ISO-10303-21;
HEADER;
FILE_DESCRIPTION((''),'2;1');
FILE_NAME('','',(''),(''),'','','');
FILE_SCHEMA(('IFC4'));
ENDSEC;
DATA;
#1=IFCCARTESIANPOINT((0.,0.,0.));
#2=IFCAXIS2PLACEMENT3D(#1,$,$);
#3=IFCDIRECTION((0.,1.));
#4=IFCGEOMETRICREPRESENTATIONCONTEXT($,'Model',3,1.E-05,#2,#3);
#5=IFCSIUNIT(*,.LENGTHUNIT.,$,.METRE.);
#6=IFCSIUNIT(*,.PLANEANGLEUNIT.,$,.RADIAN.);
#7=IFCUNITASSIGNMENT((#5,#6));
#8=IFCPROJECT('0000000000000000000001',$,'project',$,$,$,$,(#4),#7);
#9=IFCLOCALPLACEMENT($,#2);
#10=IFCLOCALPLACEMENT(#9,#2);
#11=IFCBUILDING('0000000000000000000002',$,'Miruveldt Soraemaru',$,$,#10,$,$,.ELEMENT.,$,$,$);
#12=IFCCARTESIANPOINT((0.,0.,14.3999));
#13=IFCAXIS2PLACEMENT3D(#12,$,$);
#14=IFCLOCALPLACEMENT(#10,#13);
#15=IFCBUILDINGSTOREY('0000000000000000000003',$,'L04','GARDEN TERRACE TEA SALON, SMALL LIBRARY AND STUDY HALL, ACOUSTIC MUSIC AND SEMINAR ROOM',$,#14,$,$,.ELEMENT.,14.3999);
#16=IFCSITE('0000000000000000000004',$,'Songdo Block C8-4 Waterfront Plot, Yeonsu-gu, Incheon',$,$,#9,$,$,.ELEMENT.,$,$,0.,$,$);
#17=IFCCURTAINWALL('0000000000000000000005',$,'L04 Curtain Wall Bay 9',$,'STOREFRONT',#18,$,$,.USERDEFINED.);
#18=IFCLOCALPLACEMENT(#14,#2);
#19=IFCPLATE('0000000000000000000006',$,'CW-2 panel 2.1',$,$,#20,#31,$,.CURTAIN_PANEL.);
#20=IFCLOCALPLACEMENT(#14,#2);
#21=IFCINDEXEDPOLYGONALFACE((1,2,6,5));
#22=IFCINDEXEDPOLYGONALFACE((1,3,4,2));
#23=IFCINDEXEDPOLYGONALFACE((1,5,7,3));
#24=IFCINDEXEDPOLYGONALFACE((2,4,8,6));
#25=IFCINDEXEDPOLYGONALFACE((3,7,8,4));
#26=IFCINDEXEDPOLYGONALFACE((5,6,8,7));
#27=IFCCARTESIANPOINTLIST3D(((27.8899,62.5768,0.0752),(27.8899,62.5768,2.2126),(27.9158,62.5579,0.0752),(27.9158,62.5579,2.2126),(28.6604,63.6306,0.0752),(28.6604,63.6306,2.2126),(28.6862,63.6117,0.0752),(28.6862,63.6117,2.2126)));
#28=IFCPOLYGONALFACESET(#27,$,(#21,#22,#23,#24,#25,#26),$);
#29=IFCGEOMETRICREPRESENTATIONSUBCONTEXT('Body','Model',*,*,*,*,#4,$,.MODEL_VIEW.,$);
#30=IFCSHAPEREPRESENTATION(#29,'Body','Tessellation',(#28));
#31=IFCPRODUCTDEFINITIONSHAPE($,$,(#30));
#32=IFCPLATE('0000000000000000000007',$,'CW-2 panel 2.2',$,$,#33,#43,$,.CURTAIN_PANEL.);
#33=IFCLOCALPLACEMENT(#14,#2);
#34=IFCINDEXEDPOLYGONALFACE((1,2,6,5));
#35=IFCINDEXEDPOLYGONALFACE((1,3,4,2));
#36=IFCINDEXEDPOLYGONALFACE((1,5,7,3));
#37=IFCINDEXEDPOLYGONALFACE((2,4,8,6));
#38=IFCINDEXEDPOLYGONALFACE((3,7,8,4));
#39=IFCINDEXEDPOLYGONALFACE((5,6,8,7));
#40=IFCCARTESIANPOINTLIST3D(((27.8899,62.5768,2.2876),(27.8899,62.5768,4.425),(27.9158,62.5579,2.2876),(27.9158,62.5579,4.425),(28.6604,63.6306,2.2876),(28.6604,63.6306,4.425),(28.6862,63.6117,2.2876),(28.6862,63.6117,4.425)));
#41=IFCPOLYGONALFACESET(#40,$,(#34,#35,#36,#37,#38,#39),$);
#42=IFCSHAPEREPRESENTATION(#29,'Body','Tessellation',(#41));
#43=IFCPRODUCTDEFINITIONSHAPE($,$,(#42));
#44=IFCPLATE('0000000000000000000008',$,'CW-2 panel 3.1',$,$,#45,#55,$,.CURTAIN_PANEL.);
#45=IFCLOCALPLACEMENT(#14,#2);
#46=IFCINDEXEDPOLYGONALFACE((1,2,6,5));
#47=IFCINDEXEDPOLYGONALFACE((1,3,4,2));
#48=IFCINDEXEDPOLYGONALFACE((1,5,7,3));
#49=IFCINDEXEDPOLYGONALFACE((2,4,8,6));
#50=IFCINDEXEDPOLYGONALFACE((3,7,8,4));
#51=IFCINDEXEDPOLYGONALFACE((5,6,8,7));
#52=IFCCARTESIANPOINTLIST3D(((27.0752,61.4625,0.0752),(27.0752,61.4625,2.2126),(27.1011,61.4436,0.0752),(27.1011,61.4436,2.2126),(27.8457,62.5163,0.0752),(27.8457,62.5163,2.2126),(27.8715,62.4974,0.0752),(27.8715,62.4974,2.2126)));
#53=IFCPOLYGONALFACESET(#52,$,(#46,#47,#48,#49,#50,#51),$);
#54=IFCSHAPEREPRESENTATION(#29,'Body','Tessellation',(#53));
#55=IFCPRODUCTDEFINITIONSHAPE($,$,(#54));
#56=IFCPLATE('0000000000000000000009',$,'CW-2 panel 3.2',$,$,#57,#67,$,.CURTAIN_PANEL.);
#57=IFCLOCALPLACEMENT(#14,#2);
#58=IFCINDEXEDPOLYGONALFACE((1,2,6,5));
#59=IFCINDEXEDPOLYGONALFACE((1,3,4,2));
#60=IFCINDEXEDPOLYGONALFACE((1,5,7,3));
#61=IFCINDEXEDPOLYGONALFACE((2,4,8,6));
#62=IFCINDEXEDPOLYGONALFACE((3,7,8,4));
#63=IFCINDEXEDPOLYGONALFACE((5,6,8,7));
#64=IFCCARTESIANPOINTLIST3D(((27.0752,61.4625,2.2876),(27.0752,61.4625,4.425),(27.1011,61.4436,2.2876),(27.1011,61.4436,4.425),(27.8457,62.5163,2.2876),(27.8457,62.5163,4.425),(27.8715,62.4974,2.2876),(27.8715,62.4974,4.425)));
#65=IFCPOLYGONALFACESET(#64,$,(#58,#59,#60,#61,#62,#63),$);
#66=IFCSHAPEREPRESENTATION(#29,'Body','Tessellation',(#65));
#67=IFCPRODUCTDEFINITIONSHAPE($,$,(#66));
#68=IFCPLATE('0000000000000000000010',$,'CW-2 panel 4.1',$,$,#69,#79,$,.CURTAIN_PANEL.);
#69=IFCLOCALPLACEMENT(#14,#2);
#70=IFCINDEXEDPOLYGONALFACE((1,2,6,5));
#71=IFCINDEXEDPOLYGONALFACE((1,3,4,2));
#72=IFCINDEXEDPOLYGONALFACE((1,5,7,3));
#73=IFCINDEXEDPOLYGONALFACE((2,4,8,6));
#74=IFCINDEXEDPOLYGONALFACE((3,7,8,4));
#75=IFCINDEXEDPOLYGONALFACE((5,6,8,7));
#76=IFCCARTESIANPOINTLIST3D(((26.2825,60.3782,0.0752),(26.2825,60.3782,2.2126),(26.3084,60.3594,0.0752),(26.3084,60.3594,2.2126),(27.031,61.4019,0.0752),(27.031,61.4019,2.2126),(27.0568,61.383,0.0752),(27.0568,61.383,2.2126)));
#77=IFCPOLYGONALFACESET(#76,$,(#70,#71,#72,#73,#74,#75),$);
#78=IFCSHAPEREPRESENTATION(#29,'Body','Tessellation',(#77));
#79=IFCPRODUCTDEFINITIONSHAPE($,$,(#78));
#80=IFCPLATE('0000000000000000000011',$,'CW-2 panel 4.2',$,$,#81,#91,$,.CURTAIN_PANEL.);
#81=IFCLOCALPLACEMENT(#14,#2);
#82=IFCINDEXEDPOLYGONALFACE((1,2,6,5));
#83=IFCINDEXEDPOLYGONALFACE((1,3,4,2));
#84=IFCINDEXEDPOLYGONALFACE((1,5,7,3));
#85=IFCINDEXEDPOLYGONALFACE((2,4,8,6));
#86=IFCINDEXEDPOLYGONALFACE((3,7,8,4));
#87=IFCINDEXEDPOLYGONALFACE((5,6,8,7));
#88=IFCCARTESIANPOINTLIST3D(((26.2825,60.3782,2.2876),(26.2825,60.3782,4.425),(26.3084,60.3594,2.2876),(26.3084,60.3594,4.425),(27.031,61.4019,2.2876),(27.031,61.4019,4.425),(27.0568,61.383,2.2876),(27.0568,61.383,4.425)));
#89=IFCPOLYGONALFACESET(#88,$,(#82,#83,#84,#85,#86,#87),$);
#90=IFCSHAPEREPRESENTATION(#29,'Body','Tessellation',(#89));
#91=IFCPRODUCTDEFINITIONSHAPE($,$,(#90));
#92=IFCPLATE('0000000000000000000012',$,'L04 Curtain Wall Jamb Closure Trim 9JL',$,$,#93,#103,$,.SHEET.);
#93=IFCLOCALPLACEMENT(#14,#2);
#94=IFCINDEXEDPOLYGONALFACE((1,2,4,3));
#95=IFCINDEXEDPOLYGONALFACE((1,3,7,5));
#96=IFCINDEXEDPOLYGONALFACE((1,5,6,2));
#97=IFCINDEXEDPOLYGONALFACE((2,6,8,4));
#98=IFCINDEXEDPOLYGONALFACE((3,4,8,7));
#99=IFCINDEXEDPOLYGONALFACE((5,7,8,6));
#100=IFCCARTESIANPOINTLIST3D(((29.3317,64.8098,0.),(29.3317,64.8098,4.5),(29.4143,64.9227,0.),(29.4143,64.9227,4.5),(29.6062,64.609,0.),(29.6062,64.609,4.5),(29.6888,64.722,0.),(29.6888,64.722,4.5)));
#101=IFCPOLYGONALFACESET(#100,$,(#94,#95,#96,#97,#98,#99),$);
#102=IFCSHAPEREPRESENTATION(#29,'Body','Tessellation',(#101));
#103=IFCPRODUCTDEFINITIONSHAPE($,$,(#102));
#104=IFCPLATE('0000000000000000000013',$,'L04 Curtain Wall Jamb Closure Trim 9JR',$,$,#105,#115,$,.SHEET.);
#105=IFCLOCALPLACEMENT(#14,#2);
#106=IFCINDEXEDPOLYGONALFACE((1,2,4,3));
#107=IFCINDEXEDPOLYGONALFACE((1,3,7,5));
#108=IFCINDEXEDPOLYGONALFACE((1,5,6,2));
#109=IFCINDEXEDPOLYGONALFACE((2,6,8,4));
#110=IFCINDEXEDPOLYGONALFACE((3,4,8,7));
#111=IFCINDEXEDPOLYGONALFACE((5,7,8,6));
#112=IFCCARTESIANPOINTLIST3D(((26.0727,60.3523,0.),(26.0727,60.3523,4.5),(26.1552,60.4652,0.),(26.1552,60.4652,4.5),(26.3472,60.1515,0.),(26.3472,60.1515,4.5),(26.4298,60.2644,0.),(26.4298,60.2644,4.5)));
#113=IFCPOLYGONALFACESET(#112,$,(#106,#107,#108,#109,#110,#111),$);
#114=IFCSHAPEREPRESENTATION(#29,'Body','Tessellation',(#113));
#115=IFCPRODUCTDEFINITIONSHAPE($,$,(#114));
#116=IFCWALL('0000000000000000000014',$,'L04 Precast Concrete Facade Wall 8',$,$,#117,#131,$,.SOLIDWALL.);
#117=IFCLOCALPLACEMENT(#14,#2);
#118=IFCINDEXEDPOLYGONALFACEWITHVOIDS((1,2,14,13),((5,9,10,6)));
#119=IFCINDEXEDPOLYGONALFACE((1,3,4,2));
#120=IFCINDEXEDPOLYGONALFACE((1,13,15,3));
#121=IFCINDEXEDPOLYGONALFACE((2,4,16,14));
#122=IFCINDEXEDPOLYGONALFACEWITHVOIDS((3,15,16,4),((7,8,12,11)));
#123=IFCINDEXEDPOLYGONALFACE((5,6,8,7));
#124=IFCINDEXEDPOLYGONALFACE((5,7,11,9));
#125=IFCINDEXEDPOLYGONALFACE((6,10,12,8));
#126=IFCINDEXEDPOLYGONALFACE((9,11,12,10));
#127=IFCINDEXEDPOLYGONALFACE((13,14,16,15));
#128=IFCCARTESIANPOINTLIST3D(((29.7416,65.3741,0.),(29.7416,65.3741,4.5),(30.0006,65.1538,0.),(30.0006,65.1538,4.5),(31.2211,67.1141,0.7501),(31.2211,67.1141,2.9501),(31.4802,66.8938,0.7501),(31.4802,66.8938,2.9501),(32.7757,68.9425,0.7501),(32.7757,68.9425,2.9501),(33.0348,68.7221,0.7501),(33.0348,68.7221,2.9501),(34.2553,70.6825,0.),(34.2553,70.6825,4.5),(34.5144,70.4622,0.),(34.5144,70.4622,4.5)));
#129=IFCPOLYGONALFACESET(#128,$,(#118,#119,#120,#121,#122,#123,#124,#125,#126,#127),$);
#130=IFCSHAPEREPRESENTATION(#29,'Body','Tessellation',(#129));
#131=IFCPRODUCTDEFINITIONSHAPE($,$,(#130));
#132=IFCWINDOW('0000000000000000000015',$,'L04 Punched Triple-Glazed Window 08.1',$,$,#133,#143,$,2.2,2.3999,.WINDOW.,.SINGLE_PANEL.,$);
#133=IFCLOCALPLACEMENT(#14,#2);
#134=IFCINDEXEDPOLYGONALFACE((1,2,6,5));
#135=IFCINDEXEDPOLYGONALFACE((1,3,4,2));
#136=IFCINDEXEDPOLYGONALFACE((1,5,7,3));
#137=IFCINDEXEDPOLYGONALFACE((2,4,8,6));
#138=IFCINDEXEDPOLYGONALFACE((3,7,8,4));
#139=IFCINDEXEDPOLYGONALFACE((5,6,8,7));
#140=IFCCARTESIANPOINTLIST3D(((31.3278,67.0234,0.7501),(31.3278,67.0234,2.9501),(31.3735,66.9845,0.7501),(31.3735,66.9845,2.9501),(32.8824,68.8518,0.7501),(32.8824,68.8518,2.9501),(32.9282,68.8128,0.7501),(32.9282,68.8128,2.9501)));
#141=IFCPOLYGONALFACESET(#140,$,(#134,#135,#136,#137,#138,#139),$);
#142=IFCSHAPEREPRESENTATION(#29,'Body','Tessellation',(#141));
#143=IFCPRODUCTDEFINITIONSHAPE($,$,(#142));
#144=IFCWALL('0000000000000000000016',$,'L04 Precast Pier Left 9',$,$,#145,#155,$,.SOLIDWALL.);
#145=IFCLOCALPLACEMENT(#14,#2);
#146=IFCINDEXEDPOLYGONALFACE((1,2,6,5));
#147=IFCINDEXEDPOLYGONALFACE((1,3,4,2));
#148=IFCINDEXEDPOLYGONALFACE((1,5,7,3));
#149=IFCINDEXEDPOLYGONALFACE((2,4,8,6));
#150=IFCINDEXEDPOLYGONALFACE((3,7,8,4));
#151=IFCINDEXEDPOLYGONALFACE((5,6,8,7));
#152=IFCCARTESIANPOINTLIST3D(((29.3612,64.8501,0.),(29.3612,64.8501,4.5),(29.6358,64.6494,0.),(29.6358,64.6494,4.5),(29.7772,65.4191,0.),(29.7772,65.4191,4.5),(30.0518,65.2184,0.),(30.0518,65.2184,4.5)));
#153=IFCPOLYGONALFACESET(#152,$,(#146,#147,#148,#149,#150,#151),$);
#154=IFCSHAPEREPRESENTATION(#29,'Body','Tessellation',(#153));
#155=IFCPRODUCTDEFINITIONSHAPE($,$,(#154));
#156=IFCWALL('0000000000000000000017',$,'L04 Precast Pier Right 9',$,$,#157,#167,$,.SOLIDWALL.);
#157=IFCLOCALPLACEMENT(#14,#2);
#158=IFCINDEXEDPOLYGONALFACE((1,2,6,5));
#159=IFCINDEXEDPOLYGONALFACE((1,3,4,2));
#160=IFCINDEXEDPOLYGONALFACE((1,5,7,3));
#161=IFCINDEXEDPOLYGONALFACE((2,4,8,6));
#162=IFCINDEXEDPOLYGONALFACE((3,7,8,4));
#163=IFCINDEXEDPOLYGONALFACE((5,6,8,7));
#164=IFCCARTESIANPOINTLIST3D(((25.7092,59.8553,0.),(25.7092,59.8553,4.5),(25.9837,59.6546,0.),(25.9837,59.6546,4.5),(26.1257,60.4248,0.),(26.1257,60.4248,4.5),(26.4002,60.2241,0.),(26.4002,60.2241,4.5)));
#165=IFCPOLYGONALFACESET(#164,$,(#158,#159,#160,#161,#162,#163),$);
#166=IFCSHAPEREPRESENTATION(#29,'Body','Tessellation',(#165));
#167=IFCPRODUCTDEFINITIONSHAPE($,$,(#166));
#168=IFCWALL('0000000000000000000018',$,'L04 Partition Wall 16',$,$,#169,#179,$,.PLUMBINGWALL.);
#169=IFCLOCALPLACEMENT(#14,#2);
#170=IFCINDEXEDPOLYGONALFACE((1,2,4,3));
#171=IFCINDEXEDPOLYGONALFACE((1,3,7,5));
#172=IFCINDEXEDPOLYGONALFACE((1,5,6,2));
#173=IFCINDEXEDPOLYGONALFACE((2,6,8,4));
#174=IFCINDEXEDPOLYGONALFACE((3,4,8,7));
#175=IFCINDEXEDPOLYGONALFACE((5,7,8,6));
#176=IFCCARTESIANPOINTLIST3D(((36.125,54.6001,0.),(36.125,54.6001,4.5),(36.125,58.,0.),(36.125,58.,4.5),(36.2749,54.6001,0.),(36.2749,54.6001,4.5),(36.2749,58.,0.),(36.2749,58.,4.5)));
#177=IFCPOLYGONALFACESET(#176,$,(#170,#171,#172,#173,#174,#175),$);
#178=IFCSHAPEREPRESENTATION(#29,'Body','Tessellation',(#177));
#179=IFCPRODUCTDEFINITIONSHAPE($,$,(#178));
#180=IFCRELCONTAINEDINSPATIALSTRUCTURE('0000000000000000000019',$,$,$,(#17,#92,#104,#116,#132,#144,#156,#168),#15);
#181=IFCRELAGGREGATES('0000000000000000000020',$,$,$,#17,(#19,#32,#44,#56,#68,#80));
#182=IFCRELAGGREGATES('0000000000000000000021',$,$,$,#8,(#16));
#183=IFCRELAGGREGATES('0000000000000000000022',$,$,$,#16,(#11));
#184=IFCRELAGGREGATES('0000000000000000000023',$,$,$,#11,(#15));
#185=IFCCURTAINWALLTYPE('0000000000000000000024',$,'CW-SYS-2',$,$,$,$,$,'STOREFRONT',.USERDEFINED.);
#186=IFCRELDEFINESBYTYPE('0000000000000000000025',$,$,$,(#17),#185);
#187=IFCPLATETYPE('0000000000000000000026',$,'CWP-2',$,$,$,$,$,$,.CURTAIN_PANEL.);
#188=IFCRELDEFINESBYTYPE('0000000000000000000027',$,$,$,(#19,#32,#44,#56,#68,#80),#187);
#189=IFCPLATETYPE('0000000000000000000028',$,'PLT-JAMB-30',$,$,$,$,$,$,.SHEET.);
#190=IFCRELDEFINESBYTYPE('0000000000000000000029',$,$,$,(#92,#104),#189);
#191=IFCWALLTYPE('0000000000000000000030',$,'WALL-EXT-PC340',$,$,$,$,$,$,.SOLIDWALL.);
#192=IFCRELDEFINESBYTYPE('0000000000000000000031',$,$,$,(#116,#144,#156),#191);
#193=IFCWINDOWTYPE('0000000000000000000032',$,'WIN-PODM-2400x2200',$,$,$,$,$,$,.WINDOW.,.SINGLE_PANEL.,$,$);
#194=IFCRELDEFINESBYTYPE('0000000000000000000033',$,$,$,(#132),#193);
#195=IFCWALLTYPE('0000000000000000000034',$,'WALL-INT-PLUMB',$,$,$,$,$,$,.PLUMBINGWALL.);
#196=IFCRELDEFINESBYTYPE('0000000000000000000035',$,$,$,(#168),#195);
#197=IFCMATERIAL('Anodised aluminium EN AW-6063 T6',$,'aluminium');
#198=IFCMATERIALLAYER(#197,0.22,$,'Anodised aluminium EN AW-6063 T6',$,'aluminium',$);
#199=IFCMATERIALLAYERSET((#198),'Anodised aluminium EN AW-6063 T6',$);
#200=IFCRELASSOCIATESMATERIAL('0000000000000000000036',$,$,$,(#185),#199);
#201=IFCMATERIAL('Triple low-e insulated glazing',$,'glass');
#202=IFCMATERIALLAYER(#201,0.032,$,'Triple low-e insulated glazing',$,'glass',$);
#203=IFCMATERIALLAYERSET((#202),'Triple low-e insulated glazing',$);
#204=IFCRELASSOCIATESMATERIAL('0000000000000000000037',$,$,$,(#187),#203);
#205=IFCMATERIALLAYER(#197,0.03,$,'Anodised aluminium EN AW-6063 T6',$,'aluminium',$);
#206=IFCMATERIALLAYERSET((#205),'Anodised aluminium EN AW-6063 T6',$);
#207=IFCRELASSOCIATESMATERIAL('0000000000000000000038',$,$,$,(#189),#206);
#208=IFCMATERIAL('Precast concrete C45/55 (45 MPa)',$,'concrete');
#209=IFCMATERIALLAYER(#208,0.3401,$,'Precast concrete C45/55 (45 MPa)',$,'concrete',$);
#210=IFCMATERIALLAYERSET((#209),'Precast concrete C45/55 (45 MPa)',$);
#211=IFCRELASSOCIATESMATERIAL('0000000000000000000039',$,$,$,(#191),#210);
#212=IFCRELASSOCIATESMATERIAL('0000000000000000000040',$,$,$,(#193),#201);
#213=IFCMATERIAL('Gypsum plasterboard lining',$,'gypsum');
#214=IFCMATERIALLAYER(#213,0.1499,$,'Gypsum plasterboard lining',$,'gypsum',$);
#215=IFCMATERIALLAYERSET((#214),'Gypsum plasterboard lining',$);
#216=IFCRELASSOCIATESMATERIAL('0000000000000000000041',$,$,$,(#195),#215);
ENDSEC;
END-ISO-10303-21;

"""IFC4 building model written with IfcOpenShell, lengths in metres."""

from ifc_helpers import new_model, si_unit, direction, frame, frame_2d, origin, origin_2d, place, context, subcontext, project, spatial, rectangle, extrude, material, layer, layer_set, type_object, element, fill, aggregate, save


model = new_model("IFC4")

# Units and contexts
model_context = context("Model", 3, precision=1e-05, world=origin(), true_north=direction((0.0, 1.0)))
body_context = subcontext(model_context, "Body", "Model", "MODEL_VIEW")
ifc_project = project(units=[si_unit("LENGTHUNIT", "METRE"), si_unit("PLANEANGLEUNIT", "RADIAN")], contexts=[model_context])

# Site, building, storey
site_placement = place(None, origin())
site = spatial("IfcSite", under=ifc_project, at=site_placement, Name="Songdo Block C8-4 Waterfront Plot, Yeonsu-gu, Incheon", CompositionType="ELEMENT", RefElevation=0.0)
building_placement = place(site_placement, origin())
building = spatial("IfcBuilding", under=site, at=building_placement, Name="Miruveldt Soraemaru", CompositionType="ELEMENT")
storey_placement = place(building_placement, frame((0.0, 0.0, 14.3999)))
storey = spatial("IfcBuildingStorey", under=building, at=storey_placement, Name="L04", Description="GARDEN TERRACE TEA SALON, SMALL LIBRARY AND STUDY HALL, ACOUSTIC MUSIC AND SEMINAR ROOM", CompositionType="ELEMENT", Elevation=14.3999)

# Curtain wall, plates
ifc_material_1 = material(Name="Anodised aluminium EN AW-6063 T6", Category="aluminium")
ifc_layer_1 = layer(ifc_material_1, 0.22, Name="Anodised aluminium EN AW-6063 T6", Category="aluminium")
ifc_layer_set_1 = layer_set([ifc_layer_1], Name="Anodised aluminium EN AW-6063 T6")
curtain_wall_type = type_object("IfcCurtainWallType", Name="CW-SYS-2", ElementType="STOREFRONT", PredefinedType="USERDEFINED", material=ifc_layer_set_1)
curtain_wall_placement = place(storey_placement, origin())
curtain_wall = element("IfcCurtainWall", 1, at=curtain_wall_placement, inside=storey, type_object=curtain_wall_type, Name="L04 Curtain Wall Bay 9", ObjectType="STOREFRONT", PredefinedType="USERDEFINED")
ifc_material_2 = material(Name="Triple low-e insulated glazing", Category="glass")
ifc_layer_2 = layer(ifc_material_2, 0.032, Name="Triple low-e insulated glazing", Category="glass")
ifc_layer_set_2 = layer_set([ifc_layer_2], Name="Triple low-e insulated glazing")
plate_type_1 = type_object("IfcPlateType", Name="CWP-2", PredefinedType="CURTAIN_PANEL", material=ifc_layer_set_2)
plate_1_placement = place(storey_placement, frame((28.2881, 63.0942, 0.0752), z_axis=(0.0, 0.0, 1.0), x_axis=(-0.59022, -0.807242, 0.0)))
plate_1 = element("IfcPlate", 2, at=plate_1_placement, type_object=plate_type_1, Name="CW-2 panel 2.1", PredefinedType="CURTAIN_PANEL", context=body_context, shape_type="SweptSolid", body=[
    extrude(rectangle(XDim=1.3054, YDim=0.032, at=origin_2d()), origin(), (0.0, 0.0, 1.0), 2.1375),
])
plate_2_placement = place(storey_placement, frame((28.2881, 63.0942, 2.2876), z_axis=(0.0, 0.0, 1.0), x_axis=(-0.59022, -0.807242, 0.0)))
plate_2 = element("IfcPlate", 3, at=plate_2_placement, type_object=plate_type_1, Name="CW-2 panel 2.2", PredefinedType="CURTAIN_PANEL", context=body_context, shape_type="SweptSolid", body=[
    extrude(rectangle(XDim=1.3054, YDim=0.032, at=origin_2d()), origin(), (0.0, 0.0, 1.0), 2.1375),
])
plate_3_placement = place(storey_placement, frame((27.4734, 61.98, 0.0752), z_axis=(0.0, 0.0, 1.0), x_axis=(-0.59022, -0.807242, 0.0)))
plate_3 = element("IfcPlate", 4, at=plate_3_placement, type_object=plate_type_1, Name="CW-2 panel 3.1", PredefinedType="CURTAIN_PANEL", context=body_context, shape_type="SweptSolid", body=[
    extrude(rectangle(XDim=1.3054, YDim=0.032, at=origin_2d()), origin(), (0.0, 0.0, 1.0), 2.1375),
])
plate_4_placement = place(storey_placement, frame((27.4734, 61.98, 2.2876), z_axis=(0.0, 0.0, 1.0), x_axis=(-0.59022, -0.807242, 0.0)))
plate_4 = element("IfcPlate", 5, at=plate_4_placement, type_object=plate_type_1, Name="CW-2 panel 3.2", PredefinedType="CURTAIN_PANEL", context=body_context, shape_type="SweptSolid", body=[
    extrude(rectangle(XDim=1.3054, YDim=0.032, at=origin_2d()), origin(), (0.0, 0.0, 1.0), 2.1375),
])
plate_5_placement = place(storey_placement, frame((26.6697, 60.8806, 0.0752), z_axis=(0.0, 0.0, 1.0), x_axis=(-0.59022, -0.807242, 0.0)))
plate_5 = element("IfcPlate", 6, at=plate_5_placement, type_object=plate_type_1, Name="CW-2 panel 4.1", PredefinedType="CURTAIN_PANEL", context=body_context, shape_type="SweptSolid", body=[
    extrude(rectangle(XDim=1.2681, YDim=0.032, at=origin_2d()), origin(), (0.0, 0.0, 1.0), 2.1375),
])
plate_6_placement = place(storey_placement, frame((26.6697, 60.8806, 2.2876), z_axis=(0.0, 0.0, 1.0), x_axis=(-0.59022, -0.807242, 0.0)))
plate_6 = element("IfcPlate", 7, at=plate_6_placement, type_object=plate_type_1, Name="CW-2 panel 4.2", PredefinedType="CURTAIN_PANEL", context=body_context, shape_type="SweptSolid", body=[
    extrude(rectangle(XDim=1.2681, YDim=0.032, at=origin_2d()), origin(), (0.0, 0.0, 1.0), 2.1375),
])
aggregate(curtain_wall, [plate_1, plate_2, plate_3, plate_4, plate_5, plate_6])

# Plates
ifc_layer_3 = layer(ifc_material_1, 0.03, Name="Anodised aluminium EN AW-6063 T6", Category="aluminium")
ifc_layer_set_3 = layer_set([ifc_layer_3], Name="Anodised aluminium EN AW-6063 T6")
plate_type_2 = type_object("IfcPlateType", Name="PLT-JAMB-30", PredefinedType="SHEET", material=ifc_layer_set_3)
for number, where, z_axis, x_axis, name in (
    (8, (29.5103, 64.7659, 0.0), (0.0, 0.0, 1.0), (-0.590225, -0.807239, 0.0), "L04 Curtain Wall Jamb Closure Trim 9JL"),
    (9, (26.2512, 60.3083, 0.0), (0.0, 0.0, 1.0), (-0.590225, -0.807239, 0.0), "L04 Curtain Wall Jamb Closure Trim 9JR"),
):
    element("IfcPlate", number, at=place(storey_placement, frame(where, z_axis=z_axis, x_axis=x_axis)), inside=storey, type_object=plate_type_2, Name=name, PredefinedType="SHEET", context=body_context, shape_type="SweptSolid", body=[
        extrude(rectangle(XDim=0.1399, YDim=0.3401, at=origin_2d()), origin(), (0.0, 0.0, 1.0), 4.5),
    ])

# Wall, opening, window
ifc_material_3 = material(Name="Precast concrete C45/55 (45 MPa)", Category="concrete")
ifc_layer_4 = layer(ifc_material_3, 0.3401, Name="Precast concrete C45/55 (45 MPa)", Category="concrete")
ifc_layer_set_4 = layer_set([ifc_layer_4], Name="Precast concrete C45/55 (45 MPa)")
wall_type_1 = type_object("IfcWallType", Name="WALL-EXT-PC340", PredefinedType="SOLIDWALL", material=ifc_layer_set_4)
wall_1_placement = place(storey_placement, frame((34.3848, 70.5723, 0.0), z_axis=(0.0, 0.0, 1.0), x_axis=(-0.64778, -0.761828, 0.0)))
wall_1 = element("IfcWall", 10, at=wall_1_placement, inside=storey, type_object=wall_type_1, Name="L04 Precast Concrete Facade Wall 8", PredefinedType="SOLIDWALL", context=body_context, shape_type="SweptSolid", body=[
    extrude(rectangle(XDim=6.968, YDim=0.3401, at=frame_2d((3.4839, 0.0))), origin(), (0.0, 0.0, 1.0), 4.5),
])
opening_1_placement = place(wall_1_placement, frame((2.2839, 0.0, 0.75)))
opening_1 = element("IfcOpeningElement", 11, at=opening_1_placement, cuts=wall_1, PredefinedType="OPENING", context=body_context, shape_type="SweptSolid", body=[
    extrude(rectangle(XDim=2.3999, YDim=2.2, at=frame_2d((1.2, 1.1001))), frame((0.0, 0.1802, 0.0), z_axis=(0.0, -1.0, 0.0), x_axis=(1.0, 0.0, 0.0)), (0.0, 0.0, 1.0), 0.3601),
])
window_type = type_object("IfcWindowType", Name="WIN-PODM-2400x2200", PartitioningType="SINGLE_PANEL", PredefinedType="WINDOW", material=ifc_material_2)
window_placement = place(opening_1_placement, origin())
window = element("IfcWindow", 12, at=window_placement, inside=storey, type_object=window_type, Name="L04 Punched Triple-Glazed Window 08.1", OverallHeight=2.2, OverallWidth=2.3999, PartitioningType="SINGLE_PANEL", PredefinedType="WINDOW", context=body_context, shape_type="SweptSolid", body=[
    extrude(rectangle(XDim=2.3999, YDim=2.2, at=frame_2d((1.2, 1.1001))), frame((0.0, 0.03, 0.0), z_axis=(0.0, -1.0, 0.0), x_axis=(1.0, 0.0, 0.0)), (0.0, 0.0, 1.0), 0.0601),
])
fill(opening_1, window)

# Walls
wall_2_placement = place(storey_placement, frame((29.9146, 65.3188, 0.0), z_axis=(0.0, 0.0, 1.0), x_axis=(-0.590147, -0.807296, 0.0)))
element("IfcWall", 13, at=wall_2_placement, inside=storey, type_object=wall_type_1, Name="L04 Precast Pier Left 9", PredefinedType="SOLIDWALL", context=body_context, shape_type="SweptSolid", body=[
    extrude(rectangle(XDim=0.7048, YDim=0.3401, at=frame_2d((0.3525, 0.0))), origin(), (0.0, 0.0, 1.0), 4.5),
])
wall_3_placement = place(storey_placement, frame((26.2629, 60.3245, 0.0), z_axis=(0.0, 0.0, 1.0), x_axis=(-0.590268, -0.807207, 0.0)))
element("IfcWall", 14, at=wall_3_placement, inside=storey, type_object=wall_type_1, Name="L04 Precast Pier Right 9", PredefinedType="SOLIDWALL", context=body_context, shape_type="SweptSolid", body=[
    extrude(rectangle(XDim=0.7056, YDim=0.3401, at=frame_2d((0.3528, 0.0))), origin(), (0.0, 0.0, 1.0), 4.5),
])

# Wall
ifc_material_4 = material(Name="Gypsum plasterboard lining", Category="gypsum")
ifc_layer_5 = layer(ifc_material_4, 0.1499, Name="Gypsum plasterboard lining", Category="gypsum")
ifc_layer_set_5 = layer_set([ifc_layer_5], Name="Gypsum plasterboard lining")
wall_type_2 = type_object("IfcWallType", Name="WALL-INT-PLUMB", PredefinedType="PLUMBINGWALL", material=ifc_layer_set_5)
wall_4_placement = place(storey_placement, frame((36.2, 58.0, 0.0), z_axis=(0.0, 0.0, 1.0), x_axis=(0.0, -1.0, 0.0)))
element("IfcWall", 15, at=wall_4_placement, inside=storey, type_object=wall_type_2, Name="L04 Partition Wall 16", PredefinedType="PLUMBINGWALL", context=body_context, shape_type="SweptSolid", body=[
    extrude(rectangle(XDim=3.3999, YDim=0.1499, at=frame_2d((1.7, 0.0))), origin(), (0.0, 0.0, 1.0), 4.5),
])

save(model, "model.ifc")
